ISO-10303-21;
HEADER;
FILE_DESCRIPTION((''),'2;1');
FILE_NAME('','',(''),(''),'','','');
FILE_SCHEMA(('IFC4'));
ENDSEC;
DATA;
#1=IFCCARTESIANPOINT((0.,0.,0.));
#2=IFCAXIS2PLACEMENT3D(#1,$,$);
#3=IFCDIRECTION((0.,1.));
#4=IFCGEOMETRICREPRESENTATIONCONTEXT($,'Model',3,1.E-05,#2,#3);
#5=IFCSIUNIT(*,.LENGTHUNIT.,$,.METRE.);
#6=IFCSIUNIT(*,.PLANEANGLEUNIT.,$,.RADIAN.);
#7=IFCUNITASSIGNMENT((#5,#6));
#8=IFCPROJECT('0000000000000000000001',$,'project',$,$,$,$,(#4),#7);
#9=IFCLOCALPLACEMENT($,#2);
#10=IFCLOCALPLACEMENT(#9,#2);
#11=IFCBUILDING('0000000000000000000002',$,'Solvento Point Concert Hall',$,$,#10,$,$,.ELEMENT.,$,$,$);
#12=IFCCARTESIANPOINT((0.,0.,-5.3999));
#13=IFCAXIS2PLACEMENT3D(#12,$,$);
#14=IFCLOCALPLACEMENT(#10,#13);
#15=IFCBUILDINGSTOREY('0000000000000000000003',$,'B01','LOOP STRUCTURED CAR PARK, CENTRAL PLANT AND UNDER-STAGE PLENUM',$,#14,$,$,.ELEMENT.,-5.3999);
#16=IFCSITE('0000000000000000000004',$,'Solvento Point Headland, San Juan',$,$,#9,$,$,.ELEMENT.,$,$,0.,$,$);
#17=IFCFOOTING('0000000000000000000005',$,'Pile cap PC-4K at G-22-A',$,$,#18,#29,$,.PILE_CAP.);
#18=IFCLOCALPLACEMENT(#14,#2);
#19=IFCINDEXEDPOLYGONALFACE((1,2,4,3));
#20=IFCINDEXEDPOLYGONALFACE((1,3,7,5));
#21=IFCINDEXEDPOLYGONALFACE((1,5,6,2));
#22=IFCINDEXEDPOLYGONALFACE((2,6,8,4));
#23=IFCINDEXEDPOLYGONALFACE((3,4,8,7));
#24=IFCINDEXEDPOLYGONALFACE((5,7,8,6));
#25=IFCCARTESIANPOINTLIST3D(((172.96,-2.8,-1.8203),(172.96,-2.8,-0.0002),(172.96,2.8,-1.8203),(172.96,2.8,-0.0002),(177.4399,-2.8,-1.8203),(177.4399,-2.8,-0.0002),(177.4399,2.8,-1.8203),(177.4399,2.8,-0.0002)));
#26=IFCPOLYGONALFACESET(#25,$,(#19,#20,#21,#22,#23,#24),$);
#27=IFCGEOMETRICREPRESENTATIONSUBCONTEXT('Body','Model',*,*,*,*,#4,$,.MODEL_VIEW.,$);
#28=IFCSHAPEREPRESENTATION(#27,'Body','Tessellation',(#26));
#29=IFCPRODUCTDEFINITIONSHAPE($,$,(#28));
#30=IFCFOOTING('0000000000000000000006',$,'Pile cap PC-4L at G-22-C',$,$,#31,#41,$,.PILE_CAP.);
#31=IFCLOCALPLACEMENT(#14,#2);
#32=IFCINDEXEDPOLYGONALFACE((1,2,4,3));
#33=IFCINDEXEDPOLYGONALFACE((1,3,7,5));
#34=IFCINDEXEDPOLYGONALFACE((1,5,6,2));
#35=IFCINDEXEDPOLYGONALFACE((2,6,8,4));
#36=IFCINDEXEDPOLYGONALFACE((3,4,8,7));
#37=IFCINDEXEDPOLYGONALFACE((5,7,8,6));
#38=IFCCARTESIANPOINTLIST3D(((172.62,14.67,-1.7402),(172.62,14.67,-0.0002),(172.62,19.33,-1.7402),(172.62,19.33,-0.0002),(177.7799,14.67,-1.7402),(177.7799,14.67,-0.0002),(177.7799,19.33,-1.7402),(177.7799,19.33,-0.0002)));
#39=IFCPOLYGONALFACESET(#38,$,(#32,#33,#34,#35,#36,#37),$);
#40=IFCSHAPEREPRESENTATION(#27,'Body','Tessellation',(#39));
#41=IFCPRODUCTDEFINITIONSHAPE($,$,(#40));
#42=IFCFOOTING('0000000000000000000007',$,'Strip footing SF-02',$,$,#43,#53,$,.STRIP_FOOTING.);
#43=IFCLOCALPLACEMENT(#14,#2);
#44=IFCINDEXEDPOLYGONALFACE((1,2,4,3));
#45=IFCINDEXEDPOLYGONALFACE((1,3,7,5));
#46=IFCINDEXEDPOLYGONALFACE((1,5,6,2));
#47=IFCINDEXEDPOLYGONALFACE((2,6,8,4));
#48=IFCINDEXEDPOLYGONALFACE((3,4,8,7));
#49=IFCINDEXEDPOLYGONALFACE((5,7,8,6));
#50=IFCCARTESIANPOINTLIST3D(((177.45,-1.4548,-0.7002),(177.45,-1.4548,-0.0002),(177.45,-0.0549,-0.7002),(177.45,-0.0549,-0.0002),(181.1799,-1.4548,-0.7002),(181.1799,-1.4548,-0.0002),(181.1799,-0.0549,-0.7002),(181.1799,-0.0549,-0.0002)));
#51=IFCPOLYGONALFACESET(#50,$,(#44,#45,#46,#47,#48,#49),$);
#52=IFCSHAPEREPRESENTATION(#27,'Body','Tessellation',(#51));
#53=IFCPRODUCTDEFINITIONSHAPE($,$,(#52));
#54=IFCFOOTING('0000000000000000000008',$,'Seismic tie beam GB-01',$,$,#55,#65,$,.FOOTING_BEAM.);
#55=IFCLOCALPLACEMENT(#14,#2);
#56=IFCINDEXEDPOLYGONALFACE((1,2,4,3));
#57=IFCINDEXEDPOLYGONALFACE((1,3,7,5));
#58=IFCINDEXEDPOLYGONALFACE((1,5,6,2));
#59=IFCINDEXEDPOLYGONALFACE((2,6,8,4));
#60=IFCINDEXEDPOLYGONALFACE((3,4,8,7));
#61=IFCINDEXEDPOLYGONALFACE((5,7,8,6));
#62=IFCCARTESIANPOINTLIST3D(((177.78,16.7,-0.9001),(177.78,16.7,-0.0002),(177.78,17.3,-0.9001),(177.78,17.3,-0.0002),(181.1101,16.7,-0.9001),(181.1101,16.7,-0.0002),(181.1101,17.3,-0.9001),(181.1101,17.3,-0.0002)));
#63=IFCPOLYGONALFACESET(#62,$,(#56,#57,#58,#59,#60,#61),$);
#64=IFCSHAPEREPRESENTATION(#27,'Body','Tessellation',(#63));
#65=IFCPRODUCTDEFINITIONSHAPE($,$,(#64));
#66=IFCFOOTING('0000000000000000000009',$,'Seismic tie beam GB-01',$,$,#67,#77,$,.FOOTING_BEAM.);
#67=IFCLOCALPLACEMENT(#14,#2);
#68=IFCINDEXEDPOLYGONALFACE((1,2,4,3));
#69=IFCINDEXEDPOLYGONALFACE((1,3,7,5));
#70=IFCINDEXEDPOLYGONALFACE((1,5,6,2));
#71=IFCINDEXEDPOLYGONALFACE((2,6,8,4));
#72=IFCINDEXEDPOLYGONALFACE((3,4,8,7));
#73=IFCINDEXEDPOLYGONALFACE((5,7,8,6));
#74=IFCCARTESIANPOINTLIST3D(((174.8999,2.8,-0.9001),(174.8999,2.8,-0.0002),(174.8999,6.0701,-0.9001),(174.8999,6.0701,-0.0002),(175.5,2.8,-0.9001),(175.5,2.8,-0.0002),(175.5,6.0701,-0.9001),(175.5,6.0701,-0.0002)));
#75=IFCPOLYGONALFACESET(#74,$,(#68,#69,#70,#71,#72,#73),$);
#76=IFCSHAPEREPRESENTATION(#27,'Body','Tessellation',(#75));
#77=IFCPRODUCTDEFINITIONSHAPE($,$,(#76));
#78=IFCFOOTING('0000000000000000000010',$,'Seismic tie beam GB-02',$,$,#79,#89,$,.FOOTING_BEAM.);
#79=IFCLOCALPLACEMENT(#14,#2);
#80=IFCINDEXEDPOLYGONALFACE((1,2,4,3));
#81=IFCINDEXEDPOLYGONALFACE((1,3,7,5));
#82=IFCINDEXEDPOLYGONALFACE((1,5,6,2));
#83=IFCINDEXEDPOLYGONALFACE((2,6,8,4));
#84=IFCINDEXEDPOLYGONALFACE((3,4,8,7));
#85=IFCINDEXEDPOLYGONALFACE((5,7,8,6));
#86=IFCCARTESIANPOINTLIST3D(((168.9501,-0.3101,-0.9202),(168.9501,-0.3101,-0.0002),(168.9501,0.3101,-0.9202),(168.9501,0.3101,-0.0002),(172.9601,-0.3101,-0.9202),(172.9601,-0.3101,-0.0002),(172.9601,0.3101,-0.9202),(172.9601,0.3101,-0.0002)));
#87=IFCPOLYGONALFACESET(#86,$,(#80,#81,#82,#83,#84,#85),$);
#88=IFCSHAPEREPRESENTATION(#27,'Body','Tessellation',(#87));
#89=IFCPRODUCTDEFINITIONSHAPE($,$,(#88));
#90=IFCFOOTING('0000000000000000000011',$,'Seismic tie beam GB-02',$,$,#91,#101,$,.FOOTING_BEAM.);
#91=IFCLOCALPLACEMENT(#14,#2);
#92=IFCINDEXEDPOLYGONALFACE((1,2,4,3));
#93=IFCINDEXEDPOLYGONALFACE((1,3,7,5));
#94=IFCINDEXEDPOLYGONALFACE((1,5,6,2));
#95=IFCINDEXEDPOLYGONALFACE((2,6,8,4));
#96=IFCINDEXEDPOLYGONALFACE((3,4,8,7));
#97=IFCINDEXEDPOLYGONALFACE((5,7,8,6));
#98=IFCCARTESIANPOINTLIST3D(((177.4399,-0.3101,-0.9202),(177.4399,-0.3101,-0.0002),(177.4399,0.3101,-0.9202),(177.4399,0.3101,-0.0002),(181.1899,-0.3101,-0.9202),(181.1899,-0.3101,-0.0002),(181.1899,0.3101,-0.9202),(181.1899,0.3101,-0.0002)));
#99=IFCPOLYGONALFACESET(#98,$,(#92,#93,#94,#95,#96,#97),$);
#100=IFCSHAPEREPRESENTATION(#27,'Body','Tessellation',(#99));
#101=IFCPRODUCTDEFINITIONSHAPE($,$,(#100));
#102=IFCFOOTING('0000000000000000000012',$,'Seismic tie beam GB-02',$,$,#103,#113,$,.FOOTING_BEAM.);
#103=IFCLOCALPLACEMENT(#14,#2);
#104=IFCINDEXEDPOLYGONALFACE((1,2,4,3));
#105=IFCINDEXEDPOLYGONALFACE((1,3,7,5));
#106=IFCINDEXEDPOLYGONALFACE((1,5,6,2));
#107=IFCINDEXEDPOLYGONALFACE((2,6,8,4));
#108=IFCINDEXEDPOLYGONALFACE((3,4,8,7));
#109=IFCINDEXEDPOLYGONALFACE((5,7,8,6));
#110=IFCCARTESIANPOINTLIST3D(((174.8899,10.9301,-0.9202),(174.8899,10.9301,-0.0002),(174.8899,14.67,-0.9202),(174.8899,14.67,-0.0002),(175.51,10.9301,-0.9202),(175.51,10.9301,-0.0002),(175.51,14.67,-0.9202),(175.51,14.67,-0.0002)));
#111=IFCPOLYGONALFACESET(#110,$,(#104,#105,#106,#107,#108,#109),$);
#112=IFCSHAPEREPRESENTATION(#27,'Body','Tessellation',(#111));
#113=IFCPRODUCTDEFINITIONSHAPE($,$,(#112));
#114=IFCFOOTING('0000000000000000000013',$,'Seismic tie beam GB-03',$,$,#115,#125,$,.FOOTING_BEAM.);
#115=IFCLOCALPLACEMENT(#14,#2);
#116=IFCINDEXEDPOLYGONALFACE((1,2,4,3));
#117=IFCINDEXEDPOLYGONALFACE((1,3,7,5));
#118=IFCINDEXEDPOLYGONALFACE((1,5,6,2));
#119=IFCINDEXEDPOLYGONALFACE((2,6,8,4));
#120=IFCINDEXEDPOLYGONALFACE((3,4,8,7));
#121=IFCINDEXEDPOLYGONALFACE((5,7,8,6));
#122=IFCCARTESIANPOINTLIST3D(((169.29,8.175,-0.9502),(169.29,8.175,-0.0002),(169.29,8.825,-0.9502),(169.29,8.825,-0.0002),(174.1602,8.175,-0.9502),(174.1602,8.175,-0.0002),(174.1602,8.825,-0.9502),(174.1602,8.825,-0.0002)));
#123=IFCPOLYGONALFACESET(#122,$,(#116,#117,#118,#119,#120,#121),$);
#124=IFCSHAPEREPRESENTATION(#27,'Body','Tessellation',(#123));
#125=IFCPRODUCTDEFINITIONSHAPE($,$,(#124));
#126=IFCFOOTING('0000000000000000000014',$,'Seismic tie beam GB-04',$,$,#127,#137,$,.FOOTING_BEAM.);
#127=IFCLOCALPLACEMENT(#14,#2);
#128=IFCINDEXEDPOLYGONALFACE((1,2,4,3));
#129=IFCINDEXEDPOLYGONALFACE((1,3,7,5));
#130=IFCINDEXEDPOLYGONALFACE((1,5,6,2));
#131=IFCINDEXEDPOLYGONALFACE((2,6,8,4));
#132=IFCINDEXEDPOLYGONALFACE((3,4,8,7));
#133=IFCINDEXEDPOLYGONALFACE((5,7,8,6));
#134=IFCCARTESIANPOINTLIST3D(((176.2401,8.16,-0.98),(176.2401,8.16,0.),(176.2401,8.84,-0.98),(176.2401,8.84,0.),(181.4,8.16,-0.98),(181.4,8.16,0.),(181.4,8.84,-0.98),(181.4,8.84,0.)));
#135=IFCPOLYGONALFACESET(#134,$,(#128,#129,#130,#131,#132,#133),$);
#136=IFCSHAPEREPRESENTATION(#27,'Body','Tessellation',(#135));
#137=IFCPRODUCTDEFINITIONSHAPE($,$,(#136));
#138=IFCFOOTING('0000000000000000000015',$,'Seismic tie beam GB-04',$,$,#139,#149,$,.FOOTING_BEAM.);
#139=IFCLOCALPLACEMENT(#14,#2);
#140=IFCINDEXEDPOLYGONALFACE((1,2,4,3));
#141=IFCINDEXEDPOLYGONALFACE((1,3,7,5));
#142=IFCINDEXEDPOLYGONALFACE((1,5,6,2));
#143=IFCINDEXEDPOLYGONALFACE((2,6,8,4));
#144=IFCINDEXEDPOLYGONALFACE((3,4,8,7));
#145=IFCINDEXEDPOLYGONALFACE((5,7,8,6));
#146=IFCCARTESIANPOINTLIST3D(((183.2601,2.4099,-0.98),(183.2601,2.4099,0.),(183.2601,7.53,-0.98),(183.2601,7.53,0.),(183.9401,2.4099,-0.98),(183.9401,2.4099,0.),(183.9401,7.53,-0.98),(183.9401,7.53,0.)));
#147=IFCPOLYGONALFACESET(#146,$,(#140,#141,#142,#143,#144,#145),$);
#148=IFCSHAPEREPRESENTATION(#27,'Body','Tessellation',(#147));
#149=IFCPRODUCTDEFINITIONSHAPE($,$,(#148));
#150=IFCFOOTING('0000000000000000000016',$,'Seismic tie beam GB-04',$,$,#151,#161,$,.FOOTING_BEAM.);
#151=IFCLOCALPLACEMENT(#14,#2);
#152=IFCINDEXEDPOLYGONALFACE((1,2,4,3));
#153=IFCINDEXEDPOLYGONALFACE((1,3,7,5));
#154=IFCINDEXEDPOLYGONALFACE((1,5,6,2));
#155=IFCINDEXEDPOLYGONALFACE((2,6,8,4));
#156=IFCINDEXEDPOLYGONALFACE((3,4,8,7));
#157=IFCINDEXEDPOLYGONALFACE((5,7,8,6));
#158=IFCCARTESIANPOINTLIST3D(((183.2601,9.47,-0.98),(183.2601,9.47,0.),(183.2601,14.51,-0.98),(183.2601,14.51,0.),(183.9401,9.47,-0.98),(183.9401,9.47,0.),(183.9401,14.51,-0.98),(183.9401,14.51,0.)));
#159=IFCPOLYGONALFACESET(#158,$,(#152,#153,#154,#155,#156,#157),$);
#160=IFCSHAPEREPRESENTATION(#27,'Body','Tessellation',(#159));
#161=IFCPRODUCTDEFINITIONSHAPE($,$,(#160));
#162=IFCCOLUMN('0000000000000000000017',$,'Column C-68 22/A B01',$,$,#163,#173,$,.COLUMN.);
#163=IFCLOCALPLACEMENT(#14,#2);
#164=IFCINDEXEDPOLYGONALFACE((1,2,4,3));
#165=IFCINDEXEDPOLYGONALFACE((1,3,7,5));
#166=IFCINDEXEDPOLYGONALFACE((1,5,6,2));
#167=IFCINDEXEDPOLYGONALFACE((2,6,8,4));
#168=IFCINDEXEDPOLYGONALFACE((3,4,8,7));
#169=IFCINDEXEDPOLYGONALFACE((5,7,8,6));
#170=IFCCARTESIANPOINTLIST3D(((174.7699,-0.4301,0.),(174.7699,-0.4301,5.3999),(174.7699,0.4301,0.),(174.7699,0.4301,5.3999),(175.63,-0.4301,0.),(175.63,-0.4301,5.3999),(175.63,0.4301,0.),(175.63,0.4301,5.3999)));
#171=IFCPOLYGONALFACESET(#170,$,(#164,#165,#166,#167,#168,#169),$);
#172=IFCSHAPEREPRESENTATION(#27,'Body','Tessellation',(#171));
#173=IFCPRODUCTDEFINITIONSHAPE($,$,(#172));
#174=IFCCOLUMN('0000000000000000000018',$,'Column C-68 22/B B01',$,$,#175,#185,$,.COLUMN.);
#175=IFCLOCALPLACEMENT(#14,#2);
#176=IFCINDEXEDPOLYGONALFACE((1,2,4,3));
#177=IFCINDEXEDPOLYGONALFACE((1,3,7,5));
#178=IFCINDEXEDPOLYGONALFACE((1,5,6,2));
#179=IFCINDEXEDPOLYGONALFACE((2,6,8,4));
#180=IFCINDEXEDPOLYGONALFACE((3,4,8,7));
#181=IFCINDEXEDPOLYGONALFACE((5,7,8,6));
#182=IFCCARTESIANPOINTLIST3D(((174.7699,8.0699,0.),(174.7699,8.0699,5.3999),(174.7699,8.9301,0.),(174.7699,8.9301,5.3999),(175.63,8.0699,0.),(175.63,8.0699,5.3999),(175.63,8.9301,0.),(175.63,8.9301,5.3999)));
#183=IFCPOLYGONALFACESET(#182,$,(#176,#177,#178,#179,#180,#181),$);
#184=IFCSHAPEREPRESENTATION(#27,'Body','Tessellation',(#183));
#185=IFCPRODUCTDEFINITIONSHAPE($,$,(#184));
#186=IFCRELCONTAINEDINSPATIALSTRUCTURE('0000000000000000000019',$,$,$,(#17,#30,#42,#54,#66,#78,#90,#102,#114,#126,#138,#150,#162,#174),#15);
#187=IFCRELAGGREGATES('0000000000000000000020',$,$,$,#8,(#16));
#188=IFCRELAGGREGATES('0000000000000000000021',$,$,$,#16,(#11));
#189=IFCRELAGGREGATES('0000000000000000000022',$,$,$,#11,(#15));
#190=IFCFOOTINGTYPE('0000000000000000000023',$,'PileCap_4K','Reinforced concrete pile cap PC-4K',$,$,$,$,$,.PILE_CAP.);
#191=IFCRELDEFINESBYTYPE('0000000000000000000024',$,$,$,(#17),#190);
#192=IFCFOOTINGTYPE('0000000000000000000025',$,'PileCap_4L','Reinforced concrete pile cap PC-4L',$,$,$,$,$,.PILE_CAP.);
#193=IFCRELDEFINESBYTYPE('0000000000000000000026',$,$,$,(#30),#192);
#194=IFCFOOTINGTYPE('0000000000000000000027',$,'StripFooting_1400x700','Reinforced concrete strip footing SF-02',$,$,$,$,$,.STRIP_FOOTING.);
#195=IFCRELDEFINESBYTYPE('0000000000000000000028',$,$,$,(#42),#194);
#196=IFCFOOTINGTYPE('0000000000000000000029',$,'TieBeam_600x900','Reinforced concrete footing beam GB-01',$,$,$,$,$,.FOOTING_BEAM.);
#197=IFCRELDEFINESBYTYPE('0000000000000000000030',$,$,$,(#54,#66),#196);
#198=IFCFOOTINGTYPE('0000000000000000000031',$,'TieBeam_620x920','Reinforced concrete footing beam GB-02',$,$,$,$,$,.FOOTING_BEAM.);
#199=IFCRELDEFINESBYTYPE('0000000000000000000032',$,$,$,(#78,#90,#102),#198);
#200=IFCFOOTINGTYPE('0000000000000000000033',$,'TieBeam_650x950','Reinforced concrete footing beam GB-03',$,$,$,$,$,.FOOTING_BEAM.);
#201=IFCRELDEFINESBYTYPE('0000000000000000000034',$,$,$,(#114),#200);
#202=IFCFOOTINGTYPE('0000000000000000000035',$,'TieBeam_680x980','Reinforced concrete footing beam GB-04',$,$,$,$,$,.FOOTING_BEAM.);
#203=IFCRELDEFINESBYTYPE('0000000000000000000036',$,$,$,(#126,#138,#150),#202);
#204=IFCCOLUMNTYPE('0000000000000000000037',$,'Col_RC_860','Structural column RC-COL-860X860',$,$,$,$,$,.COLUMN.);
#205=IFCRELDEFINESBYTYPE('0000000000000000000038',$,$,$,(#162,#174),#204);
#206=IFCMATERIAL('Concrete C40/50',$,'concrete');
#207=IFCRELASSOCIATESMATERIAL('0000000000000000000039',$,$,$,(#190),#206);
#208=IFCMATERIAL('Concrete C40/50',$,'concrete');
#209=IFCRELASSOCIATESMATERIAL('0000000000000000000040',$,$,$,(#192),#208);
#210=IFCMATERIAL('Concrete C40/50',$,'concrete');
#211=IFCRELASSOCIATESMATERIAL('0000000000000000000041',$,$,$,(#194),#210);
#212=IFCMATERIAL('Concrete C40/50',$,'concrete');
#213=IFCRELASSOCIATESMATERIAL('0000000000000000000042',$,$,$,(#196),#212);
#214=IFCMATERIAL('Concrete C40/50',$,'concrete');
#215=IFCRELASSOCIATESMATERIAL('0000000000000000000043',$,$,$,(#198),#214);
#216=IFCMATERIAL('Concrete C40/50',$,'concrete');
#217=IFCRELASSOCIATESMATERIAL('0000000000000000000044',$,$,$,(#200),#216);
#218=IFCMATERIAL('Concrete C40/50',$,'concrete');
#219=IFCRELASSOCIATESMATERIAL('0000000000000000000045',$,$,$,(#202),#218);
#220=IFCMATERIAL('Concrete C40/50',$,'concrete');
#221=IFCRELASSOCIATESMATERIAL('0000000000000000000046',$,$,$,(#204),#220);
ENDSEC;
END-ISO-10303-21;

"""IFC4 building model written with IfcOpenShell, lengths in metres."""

from ifc_helpers import new_model, si_unit, direction, frame, origin, origin_2d, place, context, subcontext, project, spatial, rectangle, extrude, material, material_profile, profile_set, type_object, element, save


model = new_model("IFC4")

# Units and contexts
model_context = context("Model", 3, precision=1e-05, world=origin(), true_north=direction((0.0, 1.0)))
body_context = subcontext(model_context, "Body", "Model", "MODEL_VIEW")
ifc_project = project(units=[si_unit("LENGTHUNIT", "METRE"), si_unit("PLANEANGLEUNIT", "RADIAN")], contexts=[model_context])

# Site, building, storey
site_placement = place(None, origin())
site = spatial("IfcSite", under=ifc_project, at=site_placement, Name="Solvento Point Headland, San Juan", CompositionType="ELEMENT", RefElevation=0.0)
building_placement = place(site_placement, origin())
building = spatial("IfcBuilding", under=site, at=building_placement, Name="Solvento Point Concert Hall", CompositionType="ELEMENT")
storey_placement = place(building_placement, frame((0.0, 0.0, -5.3999)))
storey = spatial("IfcBuildingStorey", under=building, at=storey_placement, Name="B01", Description="LOOP STRUCTURED CAR PARK, CENTRAL PLANT AND UNDER-STAGE PLENUM", CompositionType="ELEMENT", Elevation=-5.3999)

# Footings
ifc_material_1 = material(Name="Concrete C40/50", Category="concrete")
footing_type_1 = type_object("IfcFootingType", Name="PileCap_4K", Description="Reinforced concrete pile cap PC-4K", PredefinedType="PILE_CAP", material=ifc_material_1)
footing_1_placement = place(storey_placement, frame((175.2, 0.0, -1.8203), z_axis=(0.0, 0.0, 1.0), x_axis=(1.0, 0.0, 0.0)))
element("IfcFooting", 1, at=footing_1_placement, inside=storey, type_object=footing_type_1, Name="Pile cap PC-4K at G-22-A", PredefinedType="PILE_CAP", context=body_context, shape_type="SweptSolid", body=[
    extrude(rectangle(XDim=4.48, YDim=5.6001, at=origin_2d()), origin(), (0.0, 0.0, 1.0), 1.8201),
])
ifc_material_2 = material(Name="Concrete C40/50", Category="concrete")
footing_type_2 = type_object("IfcFootingType", Name="PileCap_4L", Description="Reinforced concrete pile cap PC-4L", PredefinedType="PILE_CAP", material=ifc_material_2)
footing_2_placement = place(storey_placement, frame((175.2, 17.0, -1.7402), z_axis=(0.0, 0.0, 1.0), x_axis=(1.0, 0.0, 0.0)))
element("IfcFooting", 2, at=footing_2_placement, inside=storey, type_object=footing_type_2, Name="Pile cap PC-4L at G-22-C", PredefinedType="PILE_CAP", context=body_context, shape_type="SweptSolid", body=[
    extrude(rectangle(XDim=5.1599, YDim=4.6599, at=origin_2d()), origin(), (0.0, 0.0, 1.0), 1.74),
])
ifc_material_3 = material(Name="Concrete C40/50", Category="concrete")
footing_type_3 = type_object("IfcFootingType", Name="StripFooting_1400x700", Description="Reinforced concrete strip footing SF-02", PredefinedType="STRIP_FOOTING", material=ifc_material_3)
footing_3_placement = place(storey_placement, frame((179.3149, -0.7549, -0.7002), z_axis=(0.0, 0.0, 1.0), x_axis=(-1.0, 0.0, 0.0)))
element("IfcFooting", 3, at=footing_3_placement, inside=storey, type_object=footing_type_3, Name="Strip footing SF-02", PredefinedType="STRIP_FOOTING", context=body_context, shape_type="SweptSolid", body=[
    extrude(rectangle(XDim=3.73, YDim=1.3999, at=origin_2d()), origin(), (0.0, 0.0, 1.0), 0.7),
])
ifc_material_4 = material(Name="Concrete C40/50", Category="concrete")
footing_type_4 = type_object("IfcFootingType", Name="TieBeam_600x900", Description="Reinforced concrete footing beam GB-01", PredefinedType="FOOTING_BEAM", material=ifc_material_4)
footing_4_placement = place(storey_placement, frame((179.4451, 17.0, -0.9001), z_axis=(0.0, 0.0, 1.0), x_axis=(1.0, 0.0, 0.0)))
element("IfcFooting", 4, at=footing_4_placement, inside=storey, type_object=footing_type_4, Name="Seismic tie beam GB-01", PredefinedType="FOOTING_BEAM", context=body_context, shape_type="SweptSolid", body=[
    extrude(rectangle(XDim=3.3301, YDim=0.6001, at=origin_2d()), origin(), (0.0, 0.0, 1.0), 0.8999),
])
footing_5_placement = place(storey_placement, frame((175.2, 4.4351, -0.9001), z_axis=(0.0, 0.0, 1.0), x_axis=(0.0, 1.0, 0.0)))
element("IfcFooting", 5, at=footing_5_placement, inside=storey, type_object=footing_type_4, Name="Seismic tie beam GB-01", PredefinedType="FOOTING_BEAM", context=body_context, shape_type="SweptSolid", body=[
    extrude(rectangle(XDim=3.27, YDim=0.6001, at=origin_2d()), origin(), (0.0, 0.0, 1.0), 0.8999),
])
ifc_material_5 = material(Name="Concrete C40/50", Category="concrete")
footing_type_5 = type_object("IfcFootingType", Name="TieBeam_620x920", Description="Reinforced concrete footing beam GB-02", PredefinedType="FOOTING_BEAM", material=ifc_material_5)
footing_6_placement = place(storey_placement, frame((170.9551, 0.0, -0.9202), z_axis=(0.0, 0.0, 1.0), x_axis=(1.0, 0.0, 0.0)))
element("IfcFooting", 6, at=footing_6_placement, inside=storey, type_object=footing_type_5, Name="Seismic tie beam GB-02", PredefinedType="FOOTING_BEAM", context=body_context, shape_type="SweptSolid", body=[
    extrude(rectangle(XDim=4.01, YDim=0.6201, at=origin_2d()), origin(), (0.0, 0.0, 1.0), 0.9199),
])
footing_7_placement = place(storey_placement, frame((179.3149, 0.0, -0.9202), z_axis=(0.0, 0.0, 1.0), x_axis=(1.0, 0.0, 0.0)))
element("IfcFooting", 7, at=footing_7_placement, inside=storey, type_object=footing_type_5, Name="Seismic tie beam GB-02", PredefinedType="FOOTING_BEAM", context=body_context, shape_type="SweptSolid", body=[
    extrude(rectangle(XDim=3.75, YDim=0.6201, at=origin_2d()), origin(), (0.0, 0.0, 1.0), 0.9199),
])
footing_8_placement = place(storey_placement, frame((175.2, 12.8, -0.9202), z_axis=(0.0, 0.0, 1.0), x_axis=(0.0, 1.0, 0.0)))
element("IfcFooting", 8, at=footing_8_placement, inside=storey, type_object=footing_type_5, Name="Seismic tie beam GB-02", PredefinedType="FOOTING_BEAM", context=body_context, shape_type="SweptSolid", body=[
    extrude(rectangle(XDim=3.74, YDim=0.6201, at=origin_2d()), origin(), (0.0, 0.0, 1.0), 0.9199),
])
ifc_material_6 = material(Name="Concrete C40/50", Category="concrete")
footing_type_6 = type_object("IfcFootingType", Name="TieBeam_650x950", Description="Reinforced concrete footing beam GB-03", PredefinedType="FOOTING_BEAM", material=ifc_material_6)
footing_9_placement = place(storey_placement, frame((171.7251, 8.5, -0.9502), z_axis=(0.0, 0.0, 1.0), x_axis=(1.0, 0.0, 0.0)))
element("IfcFooting", 9, at=footing_9_placement, inside=storey, type_object=footing_type_6, Name="Seismic tie beam GB-03", PredefinedType="FOOTING_BEAM", context=body_context, shape_type="SweptSolid", body=[
    extrude(rectangle(XDim=4.8701, YDim=0.6499, at=origin_2d()), origin(), (0.0, 0.0, 1.0), 0.95),
])
ifc_material_7 = material(Name="Concrete C40/50", Category="concrete")
footing_type_7 = type_object("IfcFootingType", Name="TieBeam_680x980", Description="Reinforced concrete footing beam GB-04", PredefinedType="FOOTING_BEAM", material=ifc_material_7)
footing_10_placement = place(storey_placement, frame((178.8201, 8.5, -0.98), z_axis=(0.0, 0.0, 1.0), x_axis=(1.0, 0.0, 0.0)))
element("IfcFooting", 10, at=footing_10_placement, inside=storey, type_object=footing_type_7, Name="Seismic tie beam GB-04", PredefinedType="FOOTING_BEAM", context=body_context, shape_type="SweptSolid", body=[
    extrude(rectangle(XDim=5.1599, YDim=0.6799, at=origin_2d()), origin(), (0.0, 0.0, 1.0), 0.98),
])
footing_11_placement = place(storey_placement, frame((183.6001, 4.97, -0.98), z_axis=(0.0, 0.0, 1.0), x_axis=(0.0, 1.0, 0.0)))
element("IfcFooting", 11, at=footing_11_placement, inside=storey, type_object=footing_type_7, Name="Seismic tie beam GB-04", PredefinedType="FOOTING_BEAM", context=body_context, shape_type="SweptSolid", body=[
    extrude(rectangle(XDim=5.1201, YDim=0.6799, at=origin_2d()), origin(), (0.0, 0.0, 1.0), 0.98),
])
footing_12_placement = place(storey_placement, frame((183.6001, 11.99, -0.98), z_axis=(0.0, 0.0, 1.0), x_axis=(0.0, 1.0, 0.0)))
element("IfcFooting", 12, at=footing_12_placement, inside=storey, type_object=footing_type_7, Name="Seismic tie beam GB-04", PredefinedType="FOOTING_BEAM", context=body_context, shape_type="SweptSolid", body=[
    extrude(rectangle(XDim=5.04, YDim=0.6799, at=origin_2d()), origin(), (0.0, 0.0, 1.0), 0.98),
])

# Columns
ifc_material_8 = material(Name="Concrete C40/50", Category="concrete")
ifc_material_profile_1 = material_profile(ifc_material_8, rectangle(XDim=0.8601, YDim=0.8601, at=origin_2d()), Name="RC-COL-860X860")
ifc_profile_set_1 = profile_set([ifc_material_profile_1], Name="Concrete C40/50")
column_type = type_object("IfcColumnType", Name="Col_RC_860", Description="Structural column RC-COL-860X860", PredefinedType="COLUMN", material=ifc_profile_set_1)
for number, where, z_axis, x_axis, name in (
    (13, (175.2, 0.0, 0.0), (0.0, 0.0, 1.0), (1.0, 0.0, 0.0), "Column C-68 22/A B01"),
    (14, (175.2, 8.5, 0.0), (0.0, 0.0, 1.0), (1.0, 0.0, 0.0), "Column C-68 22/B B01"),
):
    element("IfcColumn", number, at=place(storey_placement, frame(where, z_axis=z_axis, x_axis=x_axis)), inside=storey, type_object=column_type, Name=name, PredefinedType="COLUMN", context=body_context, shape_type="SweptSolid", body=[
        extrude(rectangle(XDim=0.8601, YDim=0.8601, at=origin_2d()), origin(), (0.0, 0.0, 1.0), 5.3999),
    ])

save(model, "model.ifc")
